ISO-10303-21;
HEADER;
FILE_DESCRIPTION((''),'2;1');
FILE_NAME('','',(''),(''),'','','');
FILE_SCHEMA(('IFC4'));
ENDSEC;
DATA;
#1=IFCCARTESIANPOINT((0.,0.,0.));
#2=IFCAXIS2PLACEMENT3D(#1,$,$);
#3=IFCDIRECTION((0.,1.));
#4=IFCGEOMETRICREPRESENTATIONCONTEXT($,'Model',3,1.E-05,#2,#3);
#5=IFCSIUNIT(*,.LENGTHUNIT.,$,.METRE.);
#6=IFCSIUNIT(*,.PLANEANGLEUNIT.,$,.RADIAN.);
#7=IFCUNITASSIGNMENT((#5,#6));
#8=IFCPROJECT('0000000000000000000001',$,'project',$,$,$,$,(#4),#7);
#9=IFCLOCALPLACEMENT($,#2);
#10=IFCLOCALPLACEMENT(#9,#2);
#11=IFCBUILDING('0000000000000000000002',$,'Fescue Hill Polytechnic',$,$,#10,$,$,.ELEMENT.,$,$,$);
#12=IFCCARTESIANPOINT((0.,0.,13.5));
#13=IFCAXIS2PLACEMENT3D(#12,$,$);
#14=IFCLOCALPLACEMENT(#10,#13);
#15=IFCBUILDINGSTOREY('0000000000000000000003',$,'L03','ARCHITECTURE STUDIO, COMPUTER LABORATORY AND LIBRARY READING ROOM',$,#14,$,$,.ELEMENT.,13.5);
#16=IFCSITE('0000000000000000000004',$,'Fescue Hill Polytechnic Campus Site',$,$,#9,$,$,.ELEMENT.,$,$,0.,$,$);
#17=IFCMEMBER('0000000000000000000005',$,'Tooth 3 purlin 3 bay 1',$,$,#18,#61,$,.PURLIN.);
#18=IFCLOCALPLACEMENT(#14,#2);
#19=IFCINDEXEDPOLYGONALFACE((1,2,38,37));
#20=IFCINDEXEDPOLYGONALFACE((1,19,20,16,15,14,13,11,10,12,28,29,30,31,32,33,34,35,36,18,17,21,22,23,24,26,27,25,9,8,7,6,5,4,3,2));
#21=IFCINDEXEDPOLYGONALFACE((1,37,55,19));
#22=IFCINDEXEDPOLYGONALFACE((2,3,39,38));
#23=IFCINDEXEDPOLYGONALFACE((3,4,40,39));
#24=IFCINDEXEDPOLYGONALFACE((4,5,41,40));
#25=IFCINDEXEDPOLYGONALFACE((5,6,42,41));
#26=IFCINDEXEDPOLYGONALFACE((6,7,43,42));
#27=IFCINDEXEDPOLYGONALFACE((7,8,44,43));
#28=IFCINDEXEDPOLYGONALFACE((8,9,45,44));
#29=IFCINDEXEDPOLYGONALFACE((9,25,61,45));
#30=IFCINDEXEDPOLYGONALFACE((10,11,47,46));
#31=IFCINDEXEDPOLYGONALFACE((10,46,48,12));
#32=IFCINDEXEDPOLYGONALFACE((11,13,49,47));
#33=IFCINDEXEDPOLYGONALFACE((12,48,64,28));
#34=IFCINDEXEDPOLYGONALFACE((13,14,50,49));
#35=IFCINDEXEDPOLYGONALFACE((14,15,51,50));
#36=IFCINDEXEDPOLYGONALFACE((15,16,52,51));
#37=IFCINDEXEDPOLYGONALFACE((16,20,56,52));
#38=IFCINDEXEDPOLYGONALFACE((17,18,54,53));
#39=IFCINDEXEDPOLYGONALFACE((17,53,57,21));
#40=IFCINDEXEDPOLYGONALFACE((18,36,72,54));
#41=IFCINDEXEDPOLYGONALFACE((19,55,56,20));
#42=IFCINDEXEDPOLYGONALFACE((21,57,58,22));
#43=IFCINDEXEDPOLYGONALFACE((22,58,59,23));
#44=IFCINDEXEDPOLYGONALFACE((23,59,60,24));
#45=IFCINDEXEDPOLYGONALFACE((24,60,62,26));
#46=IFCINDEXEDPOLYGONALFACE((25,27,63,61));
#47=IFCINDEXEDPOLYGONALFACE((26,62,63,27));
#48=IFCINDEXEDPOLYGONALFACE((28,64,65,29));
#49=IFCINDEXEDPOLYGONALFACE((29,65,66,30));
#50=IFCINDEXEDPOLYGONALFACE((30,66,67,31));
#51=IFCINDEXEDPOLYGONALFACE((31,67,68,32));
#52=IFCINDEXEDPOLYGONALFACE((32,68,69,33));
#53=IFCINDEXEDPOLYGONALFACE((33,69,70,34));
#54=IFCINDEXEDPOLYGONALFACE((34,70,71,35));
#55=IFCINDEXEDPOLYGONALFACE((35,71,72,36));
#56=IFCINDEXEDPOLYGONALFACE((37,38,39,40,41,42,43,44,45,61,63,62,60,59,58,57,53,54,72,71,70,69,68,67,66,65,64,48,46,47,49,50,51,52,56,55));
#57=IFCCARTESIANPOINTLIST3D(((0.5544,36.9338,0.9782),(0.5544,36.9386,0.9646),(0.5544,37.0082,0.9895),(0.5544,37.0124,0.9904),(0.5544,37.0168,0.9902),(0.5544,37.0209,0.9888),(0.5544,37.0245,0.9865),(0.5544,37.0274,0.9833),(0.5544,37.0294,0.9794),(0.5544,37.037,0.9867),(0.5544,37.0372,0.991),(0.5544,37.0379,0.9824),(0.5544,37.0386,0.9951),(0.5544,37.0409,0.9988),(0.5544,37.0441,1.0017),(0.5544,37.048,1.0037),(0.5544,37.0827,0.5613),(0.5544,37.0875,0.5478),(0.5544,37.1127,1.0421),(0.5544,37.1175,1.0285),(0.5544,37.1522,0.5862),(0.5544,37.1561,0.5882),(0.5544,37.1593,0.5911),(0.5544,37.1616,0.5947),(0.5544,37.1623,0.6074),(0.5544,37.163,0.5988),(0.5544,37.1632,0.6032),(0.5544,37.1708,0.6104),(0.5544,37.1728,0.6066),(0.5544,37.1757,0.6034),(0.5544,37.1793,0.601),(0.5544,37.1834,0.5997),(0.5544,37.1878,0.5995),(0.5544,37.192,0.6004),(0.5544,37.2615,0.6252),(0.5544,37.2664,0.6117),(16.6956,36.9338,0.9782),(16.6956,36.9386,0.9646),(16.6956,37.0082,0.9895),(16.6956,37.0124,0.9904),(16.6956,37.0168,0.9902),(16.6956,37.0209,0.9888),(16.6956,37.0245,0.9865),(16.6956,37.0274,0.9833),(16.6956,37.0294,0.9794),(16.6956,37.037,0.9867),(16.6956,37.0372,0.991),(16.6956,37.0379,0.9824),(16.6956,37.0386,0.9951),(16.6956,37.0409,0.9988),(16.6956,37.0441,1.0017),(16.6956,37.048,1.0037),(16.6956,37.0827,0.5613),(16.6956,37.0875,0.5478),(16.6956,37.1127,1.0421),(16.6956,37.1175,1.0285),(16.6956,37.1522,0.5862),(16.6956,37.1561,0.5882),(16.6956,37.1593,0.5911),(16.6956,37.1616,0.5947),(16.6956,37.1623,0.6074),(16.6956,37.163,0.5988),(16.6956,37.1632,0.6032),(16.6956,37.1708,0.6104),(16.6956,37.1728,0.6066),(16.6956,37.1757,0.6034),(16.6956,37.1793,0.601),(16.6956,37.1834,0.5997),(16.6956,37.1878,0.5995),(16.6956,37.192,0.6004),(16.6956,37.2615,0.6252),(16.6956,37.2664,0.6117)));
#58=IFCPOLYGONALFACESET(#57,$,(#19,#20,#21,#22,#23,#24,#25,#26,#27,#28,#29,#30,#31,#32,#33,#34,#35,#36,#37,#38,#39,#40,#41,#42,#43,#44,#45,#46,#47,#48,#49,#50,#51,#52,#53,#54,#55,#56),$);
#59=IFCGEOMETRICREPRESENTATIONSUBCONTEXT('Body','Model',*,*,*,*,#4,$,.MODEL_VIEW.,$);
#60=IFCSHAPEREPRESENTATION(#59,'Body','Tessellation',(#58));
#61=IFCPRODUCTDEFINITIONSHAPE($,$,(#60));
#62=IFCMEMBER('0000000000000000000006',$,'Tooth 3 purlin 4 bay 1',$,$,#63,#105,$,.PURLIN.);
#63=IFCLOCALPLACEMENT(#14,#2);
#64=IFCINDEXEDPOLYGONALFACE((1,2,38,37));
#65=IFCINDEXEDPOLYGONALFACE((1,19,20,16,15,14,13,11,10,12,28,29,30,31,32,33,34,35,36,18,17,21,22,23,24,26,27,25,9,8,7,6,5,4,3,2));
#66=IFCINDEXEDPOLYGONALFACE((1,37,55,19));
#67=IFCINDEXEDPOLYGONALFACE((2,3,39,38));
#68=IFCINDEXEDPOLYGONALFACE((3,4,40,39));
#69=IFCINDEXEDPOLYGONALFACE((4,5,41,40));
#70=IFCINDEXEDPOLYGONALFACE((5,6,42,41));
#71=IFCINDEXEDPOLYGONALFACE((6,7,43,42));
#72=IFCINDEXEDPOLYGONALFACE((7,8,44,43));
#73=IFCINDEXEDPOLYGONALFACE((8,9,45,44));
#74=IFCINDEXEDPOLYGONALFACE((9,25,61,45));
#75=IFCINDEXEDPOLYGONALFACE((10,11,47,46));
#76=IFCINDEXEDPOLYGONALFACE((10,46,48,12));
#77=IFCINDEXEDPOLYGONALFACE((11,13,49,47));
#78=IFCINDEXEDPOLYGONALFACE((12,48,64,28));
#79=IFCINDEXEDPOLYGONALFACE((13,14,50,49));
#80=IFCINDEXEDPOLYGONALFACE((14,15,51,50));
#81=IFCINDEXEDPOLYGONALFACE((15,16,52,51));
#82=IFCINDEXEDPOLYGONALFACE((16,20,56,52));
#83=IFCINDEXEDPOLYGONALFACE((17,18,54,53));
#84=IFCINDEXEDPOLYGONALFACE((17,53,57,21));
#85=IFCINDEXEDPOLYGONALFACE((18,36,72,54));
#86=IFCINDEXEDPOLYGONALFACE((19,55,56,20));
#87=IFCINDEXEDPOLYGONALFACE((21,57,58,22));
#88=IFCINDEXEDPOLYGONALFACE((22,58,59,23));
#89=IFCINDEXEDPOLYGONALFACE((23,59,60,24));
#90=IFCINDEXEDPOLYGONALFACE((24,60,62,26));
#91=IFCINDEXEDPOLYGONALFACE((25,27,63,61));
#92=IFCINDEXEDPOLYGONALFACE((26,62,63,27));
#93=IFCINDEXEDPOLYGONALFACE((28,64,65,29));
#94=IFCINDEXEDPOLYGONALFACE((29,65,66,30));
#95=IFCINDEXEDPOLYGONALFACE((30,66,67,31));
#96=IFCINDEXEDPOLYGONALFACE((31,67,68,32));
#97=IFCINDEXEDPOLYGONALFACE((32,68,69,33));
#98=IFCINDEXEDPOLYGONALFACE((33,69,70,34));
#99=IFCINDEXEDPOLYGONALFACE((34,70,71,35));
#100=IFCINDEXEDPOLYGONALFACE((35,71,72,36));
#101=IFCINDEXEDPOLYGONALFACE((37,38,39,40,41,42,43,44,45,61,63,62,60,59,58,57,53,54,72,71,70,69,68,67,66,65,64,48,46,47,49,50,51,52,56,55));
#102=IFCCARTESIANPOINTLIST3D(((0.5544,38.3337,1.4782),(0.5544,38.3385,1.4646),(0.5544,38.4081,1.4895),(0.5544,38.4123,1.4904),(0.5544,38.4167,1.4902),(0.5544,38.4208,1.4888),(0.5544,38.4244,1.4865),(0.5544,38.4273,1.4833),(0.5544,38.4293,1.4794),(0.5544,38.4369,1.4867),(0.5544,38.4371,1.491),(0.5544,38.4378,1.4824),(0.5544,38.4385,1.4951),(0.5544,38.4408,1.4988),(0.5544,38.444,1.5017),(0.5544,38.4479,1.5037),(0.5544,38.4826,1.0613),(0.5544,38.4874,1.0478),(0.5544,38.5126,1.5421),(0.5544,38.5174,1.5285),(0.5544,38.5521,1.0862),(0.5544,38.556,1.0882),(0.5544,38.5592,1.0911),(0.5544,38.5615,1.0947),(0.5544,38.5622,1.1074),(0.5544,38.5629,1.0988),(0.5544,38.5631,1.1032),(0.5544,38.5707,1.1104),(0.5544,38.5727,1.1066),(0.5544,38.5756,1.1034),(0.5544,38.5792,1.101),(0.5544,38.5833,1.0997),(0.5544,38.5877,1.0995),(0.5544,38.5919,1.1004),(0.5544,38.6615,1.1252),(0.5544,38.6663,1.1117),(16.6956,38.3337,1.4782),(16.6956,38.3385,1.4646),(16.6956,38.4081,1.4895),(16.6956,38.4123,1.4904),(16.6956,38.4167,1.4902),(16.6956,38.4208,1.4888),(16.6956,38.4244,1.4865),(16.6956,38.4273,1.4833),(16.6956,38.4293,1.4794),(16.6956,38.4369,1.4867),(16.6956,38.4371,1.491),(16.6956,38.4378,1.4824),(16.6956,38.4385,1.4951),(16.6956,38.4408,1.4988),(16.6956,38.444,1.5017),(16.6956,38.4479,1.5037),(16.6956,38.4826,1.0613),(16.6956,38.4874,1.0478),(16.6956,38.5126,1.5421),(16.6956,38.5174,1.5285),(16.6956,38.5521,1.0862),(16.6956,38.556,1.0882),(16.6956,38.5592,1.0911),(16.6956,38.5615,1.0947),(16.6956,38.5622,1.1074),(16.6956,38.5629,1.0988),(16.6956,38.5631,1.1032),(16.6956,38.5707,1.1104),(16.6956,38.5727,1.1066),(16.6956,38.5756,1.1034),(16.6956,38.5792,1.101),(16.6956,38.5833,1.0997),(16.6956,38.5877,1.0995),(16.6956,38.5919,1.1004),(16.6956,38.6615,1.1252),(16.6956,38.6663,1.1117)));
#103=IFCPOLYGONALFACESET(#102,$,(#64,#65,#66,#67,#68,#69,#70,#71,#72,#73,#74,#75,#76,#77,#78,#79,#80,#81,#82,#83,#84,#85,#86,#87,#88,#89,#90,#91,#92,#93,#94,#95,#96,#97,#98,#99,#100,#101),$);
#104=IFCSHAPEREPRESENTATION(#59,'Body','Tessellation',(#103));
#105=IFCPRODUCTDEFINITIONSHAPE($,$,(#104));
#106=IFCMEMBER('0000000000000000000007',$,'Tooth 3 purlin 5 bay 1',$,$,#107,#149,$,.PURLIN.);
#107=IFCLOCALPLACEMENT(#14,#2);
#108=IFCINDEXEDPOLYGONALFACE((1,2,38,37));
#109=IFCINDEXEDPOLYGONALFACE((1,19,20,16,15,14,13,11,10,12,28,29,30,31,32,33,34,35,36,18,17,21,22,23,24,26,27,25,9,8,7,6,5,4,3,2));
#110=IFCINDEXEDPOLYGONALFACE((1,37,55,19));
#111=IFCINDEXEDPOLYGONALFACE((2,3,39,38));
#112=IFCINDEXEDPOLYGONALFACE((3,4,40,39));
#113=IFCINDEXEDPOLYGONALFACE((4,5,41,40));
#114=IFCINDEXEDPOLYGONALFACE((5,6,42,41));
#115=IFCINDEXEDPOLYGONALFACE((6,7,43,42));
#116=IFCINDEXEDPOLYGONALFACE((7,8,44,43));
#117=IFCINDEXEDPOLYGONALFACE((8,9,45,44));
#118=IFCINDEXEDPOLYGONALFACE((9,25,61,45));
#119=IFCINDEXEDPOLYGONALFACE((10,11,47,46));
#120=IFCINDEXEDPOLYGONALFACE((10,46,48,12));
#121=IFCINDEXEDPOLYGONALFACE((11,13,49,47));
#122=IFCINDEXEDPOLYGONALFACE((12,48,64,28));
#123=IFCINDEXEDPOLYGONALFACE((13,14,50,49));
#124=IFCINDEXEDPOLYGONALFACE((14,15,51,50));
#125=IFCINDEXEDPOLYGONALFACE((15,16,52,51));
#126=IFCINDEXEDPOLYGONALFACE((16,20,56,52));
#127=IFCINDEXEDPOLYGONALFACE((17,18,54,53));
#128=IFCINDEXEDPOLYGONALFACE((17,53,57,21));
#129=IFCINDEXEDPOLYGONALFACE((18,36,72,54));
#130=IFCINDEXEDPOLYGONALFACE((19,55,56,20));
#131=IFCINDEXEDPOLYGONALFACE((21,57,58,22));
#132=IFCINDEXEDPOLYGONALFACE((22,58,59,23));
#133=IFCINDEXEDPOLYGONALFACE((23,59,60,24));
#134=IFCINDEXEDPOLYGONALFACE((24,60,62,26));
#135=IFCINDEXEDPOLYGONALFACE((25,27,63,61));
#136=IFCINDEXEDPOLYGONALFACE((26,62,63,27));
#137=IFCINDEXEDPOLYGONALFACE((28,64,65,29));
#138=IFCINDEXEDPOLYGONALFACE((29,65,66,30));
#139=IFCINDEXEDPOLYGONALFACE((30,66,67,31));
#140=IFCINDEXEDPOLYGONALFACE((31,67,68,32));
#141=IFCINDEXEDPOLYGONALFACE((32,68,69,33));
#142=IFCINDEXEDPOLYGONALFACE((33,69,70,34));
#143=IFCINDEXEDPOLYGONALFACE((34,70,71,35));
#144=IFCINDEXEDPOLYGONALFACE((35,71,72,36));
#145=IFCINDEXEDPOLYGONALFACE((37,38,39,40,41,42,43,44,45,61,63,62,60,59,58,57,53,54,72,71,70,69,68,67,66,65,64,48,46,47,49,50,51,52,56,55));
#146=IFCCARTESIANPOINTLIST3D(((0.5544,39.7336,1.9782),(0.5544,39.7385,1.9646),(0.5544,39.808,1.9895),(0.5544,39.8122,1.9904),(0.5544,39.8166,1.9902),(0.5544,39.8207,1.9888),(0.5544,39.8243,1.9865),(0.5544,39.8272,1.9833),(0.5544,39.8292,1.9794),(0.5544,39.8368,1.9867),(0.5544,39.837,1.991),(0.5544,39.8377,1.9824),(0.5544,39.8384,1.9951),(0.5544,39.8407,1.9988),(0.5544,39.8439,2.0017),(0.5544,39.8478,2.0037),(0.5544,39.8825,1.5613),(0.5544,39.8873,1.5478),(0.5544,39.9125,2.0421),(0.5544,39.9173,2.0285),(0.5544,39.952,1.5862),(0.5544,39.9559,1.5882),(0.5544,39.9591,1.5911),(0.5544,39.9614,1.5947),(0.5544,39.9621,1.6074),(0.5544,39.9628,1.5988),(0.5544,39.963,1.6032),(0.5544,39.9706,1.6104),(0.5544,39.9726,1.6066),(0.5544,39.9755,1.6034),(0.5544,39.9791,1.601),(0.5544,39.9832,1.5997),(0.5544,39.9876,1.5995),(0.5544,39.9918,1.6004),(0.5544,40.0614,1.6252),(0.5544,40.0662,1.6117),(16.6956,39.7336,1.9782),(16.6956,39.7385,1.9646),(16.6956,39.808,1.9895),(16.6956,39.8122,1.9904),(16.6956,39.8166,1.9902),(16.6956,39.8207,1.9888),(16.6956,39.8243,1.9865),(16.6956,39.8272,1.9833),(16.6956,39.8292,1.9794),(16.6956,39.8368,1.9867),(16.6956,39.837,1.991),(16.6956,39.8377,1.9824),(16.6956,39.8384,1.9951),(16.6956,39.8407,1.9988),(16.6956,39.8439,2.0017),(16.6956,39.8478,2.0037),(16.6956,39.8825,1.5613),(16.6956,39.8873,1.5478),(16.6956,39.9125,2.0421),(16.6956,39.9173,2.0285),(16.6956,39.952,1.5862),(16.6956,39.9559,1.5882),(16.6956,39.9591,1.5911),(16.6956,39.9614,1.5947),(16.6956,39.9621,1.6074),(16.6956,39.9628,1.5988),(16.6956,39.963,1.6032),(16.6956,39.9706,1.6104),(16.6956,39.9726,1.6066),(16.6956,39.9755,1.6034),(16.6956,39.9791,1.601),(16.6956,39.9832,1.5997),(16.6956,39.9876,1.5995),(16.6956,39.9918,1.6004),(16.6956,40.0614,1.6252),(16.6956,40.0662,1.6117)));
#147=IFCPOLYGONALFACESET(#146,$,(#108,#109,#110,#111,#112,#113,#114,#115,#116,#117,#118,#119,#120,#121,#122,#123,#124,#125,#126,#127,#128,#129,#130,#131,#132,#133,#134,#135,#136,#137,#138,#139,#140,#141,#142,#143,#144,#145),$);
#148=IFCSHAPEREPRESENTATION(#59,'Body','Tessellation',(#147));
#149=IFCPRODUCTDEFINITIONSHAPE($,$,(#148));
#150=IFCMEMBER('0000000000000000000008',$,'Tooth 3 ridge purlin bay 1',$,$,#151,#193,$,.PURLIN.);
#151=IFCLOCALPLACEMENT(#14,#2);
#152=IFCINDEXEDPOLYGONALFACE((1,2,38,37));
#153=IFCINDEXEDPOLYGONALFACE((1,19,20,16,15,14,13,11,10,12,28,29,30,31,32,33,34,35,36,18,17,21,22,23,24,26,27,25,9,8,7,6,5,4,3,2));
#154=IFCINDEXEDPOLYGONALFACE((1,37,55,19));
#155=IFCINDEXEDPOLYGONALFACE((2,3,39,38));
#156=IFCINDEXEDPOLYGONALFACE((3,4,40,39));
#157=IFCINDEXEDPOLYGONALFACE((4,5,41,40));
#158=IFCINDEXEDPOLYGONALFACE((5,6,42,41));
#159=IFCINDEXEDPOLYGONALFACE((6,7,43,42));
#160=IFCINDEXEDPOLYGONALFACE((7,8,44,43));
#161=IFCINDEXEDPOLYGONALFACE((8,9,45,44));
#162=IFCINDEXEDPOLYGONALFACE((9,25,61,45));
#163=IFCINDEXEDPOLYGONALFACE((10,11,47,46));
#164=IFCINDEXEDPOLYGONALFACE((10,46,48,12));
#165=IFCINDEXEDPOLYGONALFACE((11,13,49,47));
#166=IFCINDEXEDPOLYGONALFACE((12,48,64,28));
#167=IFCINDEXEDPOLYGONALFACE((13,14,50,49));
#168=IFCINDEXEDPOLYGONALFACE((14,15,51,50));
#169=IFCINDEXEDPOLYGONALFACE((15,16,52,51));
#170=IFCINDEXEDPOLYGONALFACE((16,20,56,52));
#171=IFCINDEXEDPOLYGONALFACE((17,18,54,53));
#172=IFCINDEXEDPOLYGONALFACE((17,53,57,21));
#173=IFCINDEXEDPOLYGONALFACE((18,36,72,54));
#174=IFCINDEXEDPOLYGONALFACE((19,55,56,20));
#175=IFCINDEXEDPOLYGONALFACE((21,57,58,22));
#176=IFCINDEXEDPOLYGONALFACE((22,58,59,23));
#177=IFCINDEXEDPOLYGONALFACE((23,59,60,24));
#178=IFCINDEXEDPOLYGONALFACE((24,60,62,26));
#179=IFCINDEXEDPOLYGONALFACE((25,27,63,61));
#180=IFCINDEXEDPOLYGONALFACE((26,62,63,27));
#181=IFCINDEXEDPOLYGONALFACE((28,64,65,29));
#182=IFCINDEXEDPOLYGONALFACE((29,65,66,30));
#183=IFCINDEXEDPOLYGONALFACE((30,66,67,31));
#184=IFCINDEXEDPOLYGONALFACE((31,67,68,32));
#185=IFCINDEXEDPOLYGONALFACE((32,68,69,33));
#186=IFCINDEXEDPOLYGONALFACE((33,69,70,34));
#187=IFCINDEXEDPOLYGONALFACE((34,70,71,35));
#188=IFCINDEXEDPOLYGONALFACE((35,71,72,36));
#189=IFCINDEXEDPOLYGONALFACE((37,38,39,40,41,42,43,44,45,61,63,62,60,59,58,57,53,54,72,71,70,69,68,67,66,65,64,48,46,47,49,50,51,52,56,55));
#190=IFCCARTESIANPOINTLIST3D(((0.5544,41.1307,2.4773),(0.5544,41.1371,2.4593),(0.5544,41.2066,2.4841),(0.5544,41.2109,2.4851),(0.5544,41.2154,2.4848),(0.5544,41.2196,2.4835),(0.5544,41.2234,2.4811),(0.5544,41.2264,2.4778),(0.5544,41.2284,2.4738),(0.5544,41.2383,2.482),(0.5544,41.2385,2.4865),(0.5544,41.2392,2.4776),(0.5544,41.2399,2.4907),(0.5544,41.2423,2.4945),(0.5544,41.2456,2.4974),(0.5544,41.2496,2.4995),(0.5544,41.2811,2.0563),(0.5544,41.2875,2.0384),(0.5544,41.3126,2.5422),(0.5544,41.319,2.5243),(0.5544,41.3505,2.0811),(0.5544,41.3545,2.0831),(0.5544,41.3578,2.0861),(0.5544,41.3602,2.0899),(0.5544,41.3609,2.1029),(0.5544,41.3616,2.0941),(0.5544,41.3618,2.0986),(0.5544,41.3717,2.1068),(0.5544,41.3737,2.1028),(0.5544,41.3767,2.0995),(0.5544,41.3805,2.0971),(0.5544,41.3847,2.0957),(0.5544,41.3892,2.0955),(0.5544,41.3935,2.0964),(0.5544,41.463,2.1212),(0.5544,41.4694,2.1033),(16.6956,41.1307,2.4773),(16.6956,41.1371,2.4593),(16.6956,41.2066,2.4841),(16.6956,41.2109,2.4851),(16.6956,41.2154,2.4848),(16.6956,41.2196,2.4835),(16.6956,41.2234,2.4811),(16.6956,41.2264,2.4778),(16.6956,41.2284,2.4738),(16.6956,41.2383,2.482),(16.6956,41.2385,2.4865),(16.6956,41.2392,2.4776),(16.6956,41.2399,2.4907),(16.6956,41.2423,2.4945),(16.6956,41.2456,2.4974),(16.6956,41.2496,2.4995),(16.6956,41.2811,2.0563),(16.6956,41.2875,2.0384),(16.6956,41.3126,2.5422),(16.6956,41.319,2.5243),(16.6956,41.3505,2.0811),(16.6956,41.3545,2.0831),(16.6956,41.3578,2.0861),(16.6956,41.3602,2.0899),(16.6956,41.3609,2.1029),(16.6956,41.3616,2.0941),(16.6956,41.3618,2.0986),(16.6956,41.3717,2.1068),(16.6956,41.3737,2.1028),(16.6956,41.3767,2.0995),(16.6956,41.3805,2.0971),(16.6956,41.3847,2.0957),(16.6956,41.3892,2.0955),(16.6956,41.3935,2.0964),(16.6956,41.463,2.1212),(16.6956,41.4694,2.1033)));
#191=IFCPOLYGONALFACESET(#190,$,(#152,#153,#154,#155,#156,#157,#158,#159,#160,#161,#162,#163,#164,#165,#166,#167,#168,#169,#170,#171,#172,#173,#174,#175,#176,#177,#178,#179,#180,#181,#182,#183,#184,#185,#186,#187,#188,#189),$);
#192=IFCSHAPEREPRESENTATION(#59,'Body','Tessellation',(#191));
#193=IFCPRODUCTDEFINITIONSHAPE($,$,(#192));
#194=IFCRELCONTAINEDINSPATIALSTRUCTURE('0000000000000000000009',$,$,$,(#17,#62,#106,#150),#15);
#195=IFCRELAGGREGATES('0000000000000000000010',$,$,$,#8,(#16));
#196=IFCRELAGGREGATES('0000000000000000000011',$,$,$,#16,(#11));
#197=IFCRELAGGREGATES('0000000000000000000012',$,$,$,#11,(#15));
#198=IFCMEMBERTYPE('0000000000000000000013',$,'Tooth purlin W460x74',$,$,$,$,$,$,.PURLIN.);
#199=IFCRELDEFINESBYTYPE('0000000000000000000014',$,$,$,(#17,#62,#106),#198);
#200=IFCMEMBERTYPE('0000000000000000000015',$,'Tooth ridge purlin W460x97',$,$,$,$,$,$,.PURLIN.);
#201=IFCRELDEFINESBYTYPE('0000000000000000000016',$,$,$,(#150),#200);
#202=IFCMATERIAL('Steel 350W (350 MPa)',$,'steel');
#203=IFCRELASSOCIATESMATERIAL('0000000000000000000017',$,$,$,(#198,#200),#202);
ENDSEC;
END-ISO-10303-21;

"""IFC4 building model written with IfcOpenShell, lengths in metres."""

from ifc_helpers import new_model, si_unit, direction, frame, origin, origin_2d, place, context, subcontext, project, spatial, i_section, extrude, material, material_profile, profile_set, type_object, element, save


model = new_model("IFC4")

# Units and contexts
model_context = context("Model", 3, precision=1e-05, world=origin(), true_north=direction((0.0, 1.0)))
body_context = subcontext(model_context, "Body", "Model", "MODEL_VIEW")
ifc_project = project(units=[si_unit("LENGTHUNIT", "METRE"), si_unit("PLANEANGLEUNIT", "RADIAN")], contexts=[model_context])

# Site, building, storey
site_placement = place(None, origin())
site = spatial("IfcSite", under=ifc_project, at=site_placement, Name="Fescue Hill Polytechnic Campus Site", CompositionType="ELEMENT", RefElevation=0.0)
building_placement = place(site_placement, origin())
building = spatial("IfcBuilding", under=site, at=building_placement, Name="Fescue Hill Polytechnic", CompositionType="ELEMENT")
storey_placement = place(building_placement, frame((0.0, 0.0, 13.5)))
storey = spatial("IfcBuildingStorey", under=building, at=storey_placement, Name="L03", Description="ARCHITECTURE STUDIO, COMPUTER LABORATORY AND LIBRARY READING ROOM", CompositionType="ELEMENT", Elevation=13.5)

# Members
ifc_material_1 = material(Name="Steel 350W (350 MPa)", Category="steel")
ifc_material_profile_1 = material_profile(ifc_material_1, i_section(OverallWidth=0.1899, OverallDepth=0.457, WebThickness=0.009, FlangeThickness=0.0144, FilletRadius=0.0166, at=origin_2d()), Name="W460x74")
ifc_profile_set_1 = profile_set([ifc_material_profile_1], Name="Steel 350W (350 MPa)")
member_type_1 = type_object("IfcMemberType", Name="Tooth purlin W460x74", PredefinedType="PURLIN", material=ifc_profile_set_1)
for number, where, z_axis, x_axis, name in (
    (1, (0.5544, 37.1001, 0.7949), (1.0, 0.0, 0.0), (0.0, 0.941742, 0.336336), "Tooth 3 purlin 3 bay 1"),
    (2, (0.5544, 38.5, 1.2949), (1.0, 0.0, 0.0), (0.0, 0.941742, 0.336336), "Tooth 3 purlin 4 bay 1"),
    (3, (0.5544, 39.8999, 1.7949), (1.0, 0.0, 0.0), (0.0, 0.941742, 0.336336), "Tooth 3 purlin 5 bay 1"),
):
    element("IfcMember", number, at=place(storey_placement, frame(where, z_axis=z_axis, x_axis=x_axis)), inside=storey, type_object=member_type_1, Name=name, PredefinedType="PURLIN", context=body_context, shape_type="SweptSolid", body=[
        extrude(i_section(OverallWidth=0.1899, OverallDepth=0.457, WebThickness=0.009, FlangeThickness=0.0144, FilletRadius=0.0166, at=origin_2d()), origin(), (0.0, 0.0, 1.0), 16.1411),
    ])
ifc_material_profile_2 = material_profile(ifc_material_1, i_section(OverallWidth=0.1931, OverallDepth=0.4661, WebThickness=0.0115, FlangeThickness=0.019, FilletRadius=0.0171, at=origin_2d()), Name="W460x97")
ifc_profile_set_2 = profile_set([ifc_material_profile_2], Name="Steel 350W (350 MPa)")
member_type_2 = type_object("IfcMemberType", Name="Tooth ridge purlin W460x97", PredefinedType="PURLIN", material=ifc_profile_set_2)
member_1_placement = place(storey_placement, frame((0.5544, 41.3, 2.2903), z_axis=(1.0, 0.0, 0.0), x_axis=(0.0, 0.941742, 0.336336)))
element("IfcMember", 4, at=member_1_placement, inside=storey, type_object=member_type_2, Name="Tooth 3 ridge purlin bay 1", PredefinedType="PURLIN", context=body_context, shape_type="SweptSolid", body=[
    extrude(i_section(OverallWidth=0.1931, OverallDepth=0.4661, WebThickness=0.0115, FlangeThickness=0.019, FilletRadius=0.0171, at=origin_2d()), origin(), (0.0, 0.0, 1.0), 16.1411),
])

save(model, "model.ifc")
